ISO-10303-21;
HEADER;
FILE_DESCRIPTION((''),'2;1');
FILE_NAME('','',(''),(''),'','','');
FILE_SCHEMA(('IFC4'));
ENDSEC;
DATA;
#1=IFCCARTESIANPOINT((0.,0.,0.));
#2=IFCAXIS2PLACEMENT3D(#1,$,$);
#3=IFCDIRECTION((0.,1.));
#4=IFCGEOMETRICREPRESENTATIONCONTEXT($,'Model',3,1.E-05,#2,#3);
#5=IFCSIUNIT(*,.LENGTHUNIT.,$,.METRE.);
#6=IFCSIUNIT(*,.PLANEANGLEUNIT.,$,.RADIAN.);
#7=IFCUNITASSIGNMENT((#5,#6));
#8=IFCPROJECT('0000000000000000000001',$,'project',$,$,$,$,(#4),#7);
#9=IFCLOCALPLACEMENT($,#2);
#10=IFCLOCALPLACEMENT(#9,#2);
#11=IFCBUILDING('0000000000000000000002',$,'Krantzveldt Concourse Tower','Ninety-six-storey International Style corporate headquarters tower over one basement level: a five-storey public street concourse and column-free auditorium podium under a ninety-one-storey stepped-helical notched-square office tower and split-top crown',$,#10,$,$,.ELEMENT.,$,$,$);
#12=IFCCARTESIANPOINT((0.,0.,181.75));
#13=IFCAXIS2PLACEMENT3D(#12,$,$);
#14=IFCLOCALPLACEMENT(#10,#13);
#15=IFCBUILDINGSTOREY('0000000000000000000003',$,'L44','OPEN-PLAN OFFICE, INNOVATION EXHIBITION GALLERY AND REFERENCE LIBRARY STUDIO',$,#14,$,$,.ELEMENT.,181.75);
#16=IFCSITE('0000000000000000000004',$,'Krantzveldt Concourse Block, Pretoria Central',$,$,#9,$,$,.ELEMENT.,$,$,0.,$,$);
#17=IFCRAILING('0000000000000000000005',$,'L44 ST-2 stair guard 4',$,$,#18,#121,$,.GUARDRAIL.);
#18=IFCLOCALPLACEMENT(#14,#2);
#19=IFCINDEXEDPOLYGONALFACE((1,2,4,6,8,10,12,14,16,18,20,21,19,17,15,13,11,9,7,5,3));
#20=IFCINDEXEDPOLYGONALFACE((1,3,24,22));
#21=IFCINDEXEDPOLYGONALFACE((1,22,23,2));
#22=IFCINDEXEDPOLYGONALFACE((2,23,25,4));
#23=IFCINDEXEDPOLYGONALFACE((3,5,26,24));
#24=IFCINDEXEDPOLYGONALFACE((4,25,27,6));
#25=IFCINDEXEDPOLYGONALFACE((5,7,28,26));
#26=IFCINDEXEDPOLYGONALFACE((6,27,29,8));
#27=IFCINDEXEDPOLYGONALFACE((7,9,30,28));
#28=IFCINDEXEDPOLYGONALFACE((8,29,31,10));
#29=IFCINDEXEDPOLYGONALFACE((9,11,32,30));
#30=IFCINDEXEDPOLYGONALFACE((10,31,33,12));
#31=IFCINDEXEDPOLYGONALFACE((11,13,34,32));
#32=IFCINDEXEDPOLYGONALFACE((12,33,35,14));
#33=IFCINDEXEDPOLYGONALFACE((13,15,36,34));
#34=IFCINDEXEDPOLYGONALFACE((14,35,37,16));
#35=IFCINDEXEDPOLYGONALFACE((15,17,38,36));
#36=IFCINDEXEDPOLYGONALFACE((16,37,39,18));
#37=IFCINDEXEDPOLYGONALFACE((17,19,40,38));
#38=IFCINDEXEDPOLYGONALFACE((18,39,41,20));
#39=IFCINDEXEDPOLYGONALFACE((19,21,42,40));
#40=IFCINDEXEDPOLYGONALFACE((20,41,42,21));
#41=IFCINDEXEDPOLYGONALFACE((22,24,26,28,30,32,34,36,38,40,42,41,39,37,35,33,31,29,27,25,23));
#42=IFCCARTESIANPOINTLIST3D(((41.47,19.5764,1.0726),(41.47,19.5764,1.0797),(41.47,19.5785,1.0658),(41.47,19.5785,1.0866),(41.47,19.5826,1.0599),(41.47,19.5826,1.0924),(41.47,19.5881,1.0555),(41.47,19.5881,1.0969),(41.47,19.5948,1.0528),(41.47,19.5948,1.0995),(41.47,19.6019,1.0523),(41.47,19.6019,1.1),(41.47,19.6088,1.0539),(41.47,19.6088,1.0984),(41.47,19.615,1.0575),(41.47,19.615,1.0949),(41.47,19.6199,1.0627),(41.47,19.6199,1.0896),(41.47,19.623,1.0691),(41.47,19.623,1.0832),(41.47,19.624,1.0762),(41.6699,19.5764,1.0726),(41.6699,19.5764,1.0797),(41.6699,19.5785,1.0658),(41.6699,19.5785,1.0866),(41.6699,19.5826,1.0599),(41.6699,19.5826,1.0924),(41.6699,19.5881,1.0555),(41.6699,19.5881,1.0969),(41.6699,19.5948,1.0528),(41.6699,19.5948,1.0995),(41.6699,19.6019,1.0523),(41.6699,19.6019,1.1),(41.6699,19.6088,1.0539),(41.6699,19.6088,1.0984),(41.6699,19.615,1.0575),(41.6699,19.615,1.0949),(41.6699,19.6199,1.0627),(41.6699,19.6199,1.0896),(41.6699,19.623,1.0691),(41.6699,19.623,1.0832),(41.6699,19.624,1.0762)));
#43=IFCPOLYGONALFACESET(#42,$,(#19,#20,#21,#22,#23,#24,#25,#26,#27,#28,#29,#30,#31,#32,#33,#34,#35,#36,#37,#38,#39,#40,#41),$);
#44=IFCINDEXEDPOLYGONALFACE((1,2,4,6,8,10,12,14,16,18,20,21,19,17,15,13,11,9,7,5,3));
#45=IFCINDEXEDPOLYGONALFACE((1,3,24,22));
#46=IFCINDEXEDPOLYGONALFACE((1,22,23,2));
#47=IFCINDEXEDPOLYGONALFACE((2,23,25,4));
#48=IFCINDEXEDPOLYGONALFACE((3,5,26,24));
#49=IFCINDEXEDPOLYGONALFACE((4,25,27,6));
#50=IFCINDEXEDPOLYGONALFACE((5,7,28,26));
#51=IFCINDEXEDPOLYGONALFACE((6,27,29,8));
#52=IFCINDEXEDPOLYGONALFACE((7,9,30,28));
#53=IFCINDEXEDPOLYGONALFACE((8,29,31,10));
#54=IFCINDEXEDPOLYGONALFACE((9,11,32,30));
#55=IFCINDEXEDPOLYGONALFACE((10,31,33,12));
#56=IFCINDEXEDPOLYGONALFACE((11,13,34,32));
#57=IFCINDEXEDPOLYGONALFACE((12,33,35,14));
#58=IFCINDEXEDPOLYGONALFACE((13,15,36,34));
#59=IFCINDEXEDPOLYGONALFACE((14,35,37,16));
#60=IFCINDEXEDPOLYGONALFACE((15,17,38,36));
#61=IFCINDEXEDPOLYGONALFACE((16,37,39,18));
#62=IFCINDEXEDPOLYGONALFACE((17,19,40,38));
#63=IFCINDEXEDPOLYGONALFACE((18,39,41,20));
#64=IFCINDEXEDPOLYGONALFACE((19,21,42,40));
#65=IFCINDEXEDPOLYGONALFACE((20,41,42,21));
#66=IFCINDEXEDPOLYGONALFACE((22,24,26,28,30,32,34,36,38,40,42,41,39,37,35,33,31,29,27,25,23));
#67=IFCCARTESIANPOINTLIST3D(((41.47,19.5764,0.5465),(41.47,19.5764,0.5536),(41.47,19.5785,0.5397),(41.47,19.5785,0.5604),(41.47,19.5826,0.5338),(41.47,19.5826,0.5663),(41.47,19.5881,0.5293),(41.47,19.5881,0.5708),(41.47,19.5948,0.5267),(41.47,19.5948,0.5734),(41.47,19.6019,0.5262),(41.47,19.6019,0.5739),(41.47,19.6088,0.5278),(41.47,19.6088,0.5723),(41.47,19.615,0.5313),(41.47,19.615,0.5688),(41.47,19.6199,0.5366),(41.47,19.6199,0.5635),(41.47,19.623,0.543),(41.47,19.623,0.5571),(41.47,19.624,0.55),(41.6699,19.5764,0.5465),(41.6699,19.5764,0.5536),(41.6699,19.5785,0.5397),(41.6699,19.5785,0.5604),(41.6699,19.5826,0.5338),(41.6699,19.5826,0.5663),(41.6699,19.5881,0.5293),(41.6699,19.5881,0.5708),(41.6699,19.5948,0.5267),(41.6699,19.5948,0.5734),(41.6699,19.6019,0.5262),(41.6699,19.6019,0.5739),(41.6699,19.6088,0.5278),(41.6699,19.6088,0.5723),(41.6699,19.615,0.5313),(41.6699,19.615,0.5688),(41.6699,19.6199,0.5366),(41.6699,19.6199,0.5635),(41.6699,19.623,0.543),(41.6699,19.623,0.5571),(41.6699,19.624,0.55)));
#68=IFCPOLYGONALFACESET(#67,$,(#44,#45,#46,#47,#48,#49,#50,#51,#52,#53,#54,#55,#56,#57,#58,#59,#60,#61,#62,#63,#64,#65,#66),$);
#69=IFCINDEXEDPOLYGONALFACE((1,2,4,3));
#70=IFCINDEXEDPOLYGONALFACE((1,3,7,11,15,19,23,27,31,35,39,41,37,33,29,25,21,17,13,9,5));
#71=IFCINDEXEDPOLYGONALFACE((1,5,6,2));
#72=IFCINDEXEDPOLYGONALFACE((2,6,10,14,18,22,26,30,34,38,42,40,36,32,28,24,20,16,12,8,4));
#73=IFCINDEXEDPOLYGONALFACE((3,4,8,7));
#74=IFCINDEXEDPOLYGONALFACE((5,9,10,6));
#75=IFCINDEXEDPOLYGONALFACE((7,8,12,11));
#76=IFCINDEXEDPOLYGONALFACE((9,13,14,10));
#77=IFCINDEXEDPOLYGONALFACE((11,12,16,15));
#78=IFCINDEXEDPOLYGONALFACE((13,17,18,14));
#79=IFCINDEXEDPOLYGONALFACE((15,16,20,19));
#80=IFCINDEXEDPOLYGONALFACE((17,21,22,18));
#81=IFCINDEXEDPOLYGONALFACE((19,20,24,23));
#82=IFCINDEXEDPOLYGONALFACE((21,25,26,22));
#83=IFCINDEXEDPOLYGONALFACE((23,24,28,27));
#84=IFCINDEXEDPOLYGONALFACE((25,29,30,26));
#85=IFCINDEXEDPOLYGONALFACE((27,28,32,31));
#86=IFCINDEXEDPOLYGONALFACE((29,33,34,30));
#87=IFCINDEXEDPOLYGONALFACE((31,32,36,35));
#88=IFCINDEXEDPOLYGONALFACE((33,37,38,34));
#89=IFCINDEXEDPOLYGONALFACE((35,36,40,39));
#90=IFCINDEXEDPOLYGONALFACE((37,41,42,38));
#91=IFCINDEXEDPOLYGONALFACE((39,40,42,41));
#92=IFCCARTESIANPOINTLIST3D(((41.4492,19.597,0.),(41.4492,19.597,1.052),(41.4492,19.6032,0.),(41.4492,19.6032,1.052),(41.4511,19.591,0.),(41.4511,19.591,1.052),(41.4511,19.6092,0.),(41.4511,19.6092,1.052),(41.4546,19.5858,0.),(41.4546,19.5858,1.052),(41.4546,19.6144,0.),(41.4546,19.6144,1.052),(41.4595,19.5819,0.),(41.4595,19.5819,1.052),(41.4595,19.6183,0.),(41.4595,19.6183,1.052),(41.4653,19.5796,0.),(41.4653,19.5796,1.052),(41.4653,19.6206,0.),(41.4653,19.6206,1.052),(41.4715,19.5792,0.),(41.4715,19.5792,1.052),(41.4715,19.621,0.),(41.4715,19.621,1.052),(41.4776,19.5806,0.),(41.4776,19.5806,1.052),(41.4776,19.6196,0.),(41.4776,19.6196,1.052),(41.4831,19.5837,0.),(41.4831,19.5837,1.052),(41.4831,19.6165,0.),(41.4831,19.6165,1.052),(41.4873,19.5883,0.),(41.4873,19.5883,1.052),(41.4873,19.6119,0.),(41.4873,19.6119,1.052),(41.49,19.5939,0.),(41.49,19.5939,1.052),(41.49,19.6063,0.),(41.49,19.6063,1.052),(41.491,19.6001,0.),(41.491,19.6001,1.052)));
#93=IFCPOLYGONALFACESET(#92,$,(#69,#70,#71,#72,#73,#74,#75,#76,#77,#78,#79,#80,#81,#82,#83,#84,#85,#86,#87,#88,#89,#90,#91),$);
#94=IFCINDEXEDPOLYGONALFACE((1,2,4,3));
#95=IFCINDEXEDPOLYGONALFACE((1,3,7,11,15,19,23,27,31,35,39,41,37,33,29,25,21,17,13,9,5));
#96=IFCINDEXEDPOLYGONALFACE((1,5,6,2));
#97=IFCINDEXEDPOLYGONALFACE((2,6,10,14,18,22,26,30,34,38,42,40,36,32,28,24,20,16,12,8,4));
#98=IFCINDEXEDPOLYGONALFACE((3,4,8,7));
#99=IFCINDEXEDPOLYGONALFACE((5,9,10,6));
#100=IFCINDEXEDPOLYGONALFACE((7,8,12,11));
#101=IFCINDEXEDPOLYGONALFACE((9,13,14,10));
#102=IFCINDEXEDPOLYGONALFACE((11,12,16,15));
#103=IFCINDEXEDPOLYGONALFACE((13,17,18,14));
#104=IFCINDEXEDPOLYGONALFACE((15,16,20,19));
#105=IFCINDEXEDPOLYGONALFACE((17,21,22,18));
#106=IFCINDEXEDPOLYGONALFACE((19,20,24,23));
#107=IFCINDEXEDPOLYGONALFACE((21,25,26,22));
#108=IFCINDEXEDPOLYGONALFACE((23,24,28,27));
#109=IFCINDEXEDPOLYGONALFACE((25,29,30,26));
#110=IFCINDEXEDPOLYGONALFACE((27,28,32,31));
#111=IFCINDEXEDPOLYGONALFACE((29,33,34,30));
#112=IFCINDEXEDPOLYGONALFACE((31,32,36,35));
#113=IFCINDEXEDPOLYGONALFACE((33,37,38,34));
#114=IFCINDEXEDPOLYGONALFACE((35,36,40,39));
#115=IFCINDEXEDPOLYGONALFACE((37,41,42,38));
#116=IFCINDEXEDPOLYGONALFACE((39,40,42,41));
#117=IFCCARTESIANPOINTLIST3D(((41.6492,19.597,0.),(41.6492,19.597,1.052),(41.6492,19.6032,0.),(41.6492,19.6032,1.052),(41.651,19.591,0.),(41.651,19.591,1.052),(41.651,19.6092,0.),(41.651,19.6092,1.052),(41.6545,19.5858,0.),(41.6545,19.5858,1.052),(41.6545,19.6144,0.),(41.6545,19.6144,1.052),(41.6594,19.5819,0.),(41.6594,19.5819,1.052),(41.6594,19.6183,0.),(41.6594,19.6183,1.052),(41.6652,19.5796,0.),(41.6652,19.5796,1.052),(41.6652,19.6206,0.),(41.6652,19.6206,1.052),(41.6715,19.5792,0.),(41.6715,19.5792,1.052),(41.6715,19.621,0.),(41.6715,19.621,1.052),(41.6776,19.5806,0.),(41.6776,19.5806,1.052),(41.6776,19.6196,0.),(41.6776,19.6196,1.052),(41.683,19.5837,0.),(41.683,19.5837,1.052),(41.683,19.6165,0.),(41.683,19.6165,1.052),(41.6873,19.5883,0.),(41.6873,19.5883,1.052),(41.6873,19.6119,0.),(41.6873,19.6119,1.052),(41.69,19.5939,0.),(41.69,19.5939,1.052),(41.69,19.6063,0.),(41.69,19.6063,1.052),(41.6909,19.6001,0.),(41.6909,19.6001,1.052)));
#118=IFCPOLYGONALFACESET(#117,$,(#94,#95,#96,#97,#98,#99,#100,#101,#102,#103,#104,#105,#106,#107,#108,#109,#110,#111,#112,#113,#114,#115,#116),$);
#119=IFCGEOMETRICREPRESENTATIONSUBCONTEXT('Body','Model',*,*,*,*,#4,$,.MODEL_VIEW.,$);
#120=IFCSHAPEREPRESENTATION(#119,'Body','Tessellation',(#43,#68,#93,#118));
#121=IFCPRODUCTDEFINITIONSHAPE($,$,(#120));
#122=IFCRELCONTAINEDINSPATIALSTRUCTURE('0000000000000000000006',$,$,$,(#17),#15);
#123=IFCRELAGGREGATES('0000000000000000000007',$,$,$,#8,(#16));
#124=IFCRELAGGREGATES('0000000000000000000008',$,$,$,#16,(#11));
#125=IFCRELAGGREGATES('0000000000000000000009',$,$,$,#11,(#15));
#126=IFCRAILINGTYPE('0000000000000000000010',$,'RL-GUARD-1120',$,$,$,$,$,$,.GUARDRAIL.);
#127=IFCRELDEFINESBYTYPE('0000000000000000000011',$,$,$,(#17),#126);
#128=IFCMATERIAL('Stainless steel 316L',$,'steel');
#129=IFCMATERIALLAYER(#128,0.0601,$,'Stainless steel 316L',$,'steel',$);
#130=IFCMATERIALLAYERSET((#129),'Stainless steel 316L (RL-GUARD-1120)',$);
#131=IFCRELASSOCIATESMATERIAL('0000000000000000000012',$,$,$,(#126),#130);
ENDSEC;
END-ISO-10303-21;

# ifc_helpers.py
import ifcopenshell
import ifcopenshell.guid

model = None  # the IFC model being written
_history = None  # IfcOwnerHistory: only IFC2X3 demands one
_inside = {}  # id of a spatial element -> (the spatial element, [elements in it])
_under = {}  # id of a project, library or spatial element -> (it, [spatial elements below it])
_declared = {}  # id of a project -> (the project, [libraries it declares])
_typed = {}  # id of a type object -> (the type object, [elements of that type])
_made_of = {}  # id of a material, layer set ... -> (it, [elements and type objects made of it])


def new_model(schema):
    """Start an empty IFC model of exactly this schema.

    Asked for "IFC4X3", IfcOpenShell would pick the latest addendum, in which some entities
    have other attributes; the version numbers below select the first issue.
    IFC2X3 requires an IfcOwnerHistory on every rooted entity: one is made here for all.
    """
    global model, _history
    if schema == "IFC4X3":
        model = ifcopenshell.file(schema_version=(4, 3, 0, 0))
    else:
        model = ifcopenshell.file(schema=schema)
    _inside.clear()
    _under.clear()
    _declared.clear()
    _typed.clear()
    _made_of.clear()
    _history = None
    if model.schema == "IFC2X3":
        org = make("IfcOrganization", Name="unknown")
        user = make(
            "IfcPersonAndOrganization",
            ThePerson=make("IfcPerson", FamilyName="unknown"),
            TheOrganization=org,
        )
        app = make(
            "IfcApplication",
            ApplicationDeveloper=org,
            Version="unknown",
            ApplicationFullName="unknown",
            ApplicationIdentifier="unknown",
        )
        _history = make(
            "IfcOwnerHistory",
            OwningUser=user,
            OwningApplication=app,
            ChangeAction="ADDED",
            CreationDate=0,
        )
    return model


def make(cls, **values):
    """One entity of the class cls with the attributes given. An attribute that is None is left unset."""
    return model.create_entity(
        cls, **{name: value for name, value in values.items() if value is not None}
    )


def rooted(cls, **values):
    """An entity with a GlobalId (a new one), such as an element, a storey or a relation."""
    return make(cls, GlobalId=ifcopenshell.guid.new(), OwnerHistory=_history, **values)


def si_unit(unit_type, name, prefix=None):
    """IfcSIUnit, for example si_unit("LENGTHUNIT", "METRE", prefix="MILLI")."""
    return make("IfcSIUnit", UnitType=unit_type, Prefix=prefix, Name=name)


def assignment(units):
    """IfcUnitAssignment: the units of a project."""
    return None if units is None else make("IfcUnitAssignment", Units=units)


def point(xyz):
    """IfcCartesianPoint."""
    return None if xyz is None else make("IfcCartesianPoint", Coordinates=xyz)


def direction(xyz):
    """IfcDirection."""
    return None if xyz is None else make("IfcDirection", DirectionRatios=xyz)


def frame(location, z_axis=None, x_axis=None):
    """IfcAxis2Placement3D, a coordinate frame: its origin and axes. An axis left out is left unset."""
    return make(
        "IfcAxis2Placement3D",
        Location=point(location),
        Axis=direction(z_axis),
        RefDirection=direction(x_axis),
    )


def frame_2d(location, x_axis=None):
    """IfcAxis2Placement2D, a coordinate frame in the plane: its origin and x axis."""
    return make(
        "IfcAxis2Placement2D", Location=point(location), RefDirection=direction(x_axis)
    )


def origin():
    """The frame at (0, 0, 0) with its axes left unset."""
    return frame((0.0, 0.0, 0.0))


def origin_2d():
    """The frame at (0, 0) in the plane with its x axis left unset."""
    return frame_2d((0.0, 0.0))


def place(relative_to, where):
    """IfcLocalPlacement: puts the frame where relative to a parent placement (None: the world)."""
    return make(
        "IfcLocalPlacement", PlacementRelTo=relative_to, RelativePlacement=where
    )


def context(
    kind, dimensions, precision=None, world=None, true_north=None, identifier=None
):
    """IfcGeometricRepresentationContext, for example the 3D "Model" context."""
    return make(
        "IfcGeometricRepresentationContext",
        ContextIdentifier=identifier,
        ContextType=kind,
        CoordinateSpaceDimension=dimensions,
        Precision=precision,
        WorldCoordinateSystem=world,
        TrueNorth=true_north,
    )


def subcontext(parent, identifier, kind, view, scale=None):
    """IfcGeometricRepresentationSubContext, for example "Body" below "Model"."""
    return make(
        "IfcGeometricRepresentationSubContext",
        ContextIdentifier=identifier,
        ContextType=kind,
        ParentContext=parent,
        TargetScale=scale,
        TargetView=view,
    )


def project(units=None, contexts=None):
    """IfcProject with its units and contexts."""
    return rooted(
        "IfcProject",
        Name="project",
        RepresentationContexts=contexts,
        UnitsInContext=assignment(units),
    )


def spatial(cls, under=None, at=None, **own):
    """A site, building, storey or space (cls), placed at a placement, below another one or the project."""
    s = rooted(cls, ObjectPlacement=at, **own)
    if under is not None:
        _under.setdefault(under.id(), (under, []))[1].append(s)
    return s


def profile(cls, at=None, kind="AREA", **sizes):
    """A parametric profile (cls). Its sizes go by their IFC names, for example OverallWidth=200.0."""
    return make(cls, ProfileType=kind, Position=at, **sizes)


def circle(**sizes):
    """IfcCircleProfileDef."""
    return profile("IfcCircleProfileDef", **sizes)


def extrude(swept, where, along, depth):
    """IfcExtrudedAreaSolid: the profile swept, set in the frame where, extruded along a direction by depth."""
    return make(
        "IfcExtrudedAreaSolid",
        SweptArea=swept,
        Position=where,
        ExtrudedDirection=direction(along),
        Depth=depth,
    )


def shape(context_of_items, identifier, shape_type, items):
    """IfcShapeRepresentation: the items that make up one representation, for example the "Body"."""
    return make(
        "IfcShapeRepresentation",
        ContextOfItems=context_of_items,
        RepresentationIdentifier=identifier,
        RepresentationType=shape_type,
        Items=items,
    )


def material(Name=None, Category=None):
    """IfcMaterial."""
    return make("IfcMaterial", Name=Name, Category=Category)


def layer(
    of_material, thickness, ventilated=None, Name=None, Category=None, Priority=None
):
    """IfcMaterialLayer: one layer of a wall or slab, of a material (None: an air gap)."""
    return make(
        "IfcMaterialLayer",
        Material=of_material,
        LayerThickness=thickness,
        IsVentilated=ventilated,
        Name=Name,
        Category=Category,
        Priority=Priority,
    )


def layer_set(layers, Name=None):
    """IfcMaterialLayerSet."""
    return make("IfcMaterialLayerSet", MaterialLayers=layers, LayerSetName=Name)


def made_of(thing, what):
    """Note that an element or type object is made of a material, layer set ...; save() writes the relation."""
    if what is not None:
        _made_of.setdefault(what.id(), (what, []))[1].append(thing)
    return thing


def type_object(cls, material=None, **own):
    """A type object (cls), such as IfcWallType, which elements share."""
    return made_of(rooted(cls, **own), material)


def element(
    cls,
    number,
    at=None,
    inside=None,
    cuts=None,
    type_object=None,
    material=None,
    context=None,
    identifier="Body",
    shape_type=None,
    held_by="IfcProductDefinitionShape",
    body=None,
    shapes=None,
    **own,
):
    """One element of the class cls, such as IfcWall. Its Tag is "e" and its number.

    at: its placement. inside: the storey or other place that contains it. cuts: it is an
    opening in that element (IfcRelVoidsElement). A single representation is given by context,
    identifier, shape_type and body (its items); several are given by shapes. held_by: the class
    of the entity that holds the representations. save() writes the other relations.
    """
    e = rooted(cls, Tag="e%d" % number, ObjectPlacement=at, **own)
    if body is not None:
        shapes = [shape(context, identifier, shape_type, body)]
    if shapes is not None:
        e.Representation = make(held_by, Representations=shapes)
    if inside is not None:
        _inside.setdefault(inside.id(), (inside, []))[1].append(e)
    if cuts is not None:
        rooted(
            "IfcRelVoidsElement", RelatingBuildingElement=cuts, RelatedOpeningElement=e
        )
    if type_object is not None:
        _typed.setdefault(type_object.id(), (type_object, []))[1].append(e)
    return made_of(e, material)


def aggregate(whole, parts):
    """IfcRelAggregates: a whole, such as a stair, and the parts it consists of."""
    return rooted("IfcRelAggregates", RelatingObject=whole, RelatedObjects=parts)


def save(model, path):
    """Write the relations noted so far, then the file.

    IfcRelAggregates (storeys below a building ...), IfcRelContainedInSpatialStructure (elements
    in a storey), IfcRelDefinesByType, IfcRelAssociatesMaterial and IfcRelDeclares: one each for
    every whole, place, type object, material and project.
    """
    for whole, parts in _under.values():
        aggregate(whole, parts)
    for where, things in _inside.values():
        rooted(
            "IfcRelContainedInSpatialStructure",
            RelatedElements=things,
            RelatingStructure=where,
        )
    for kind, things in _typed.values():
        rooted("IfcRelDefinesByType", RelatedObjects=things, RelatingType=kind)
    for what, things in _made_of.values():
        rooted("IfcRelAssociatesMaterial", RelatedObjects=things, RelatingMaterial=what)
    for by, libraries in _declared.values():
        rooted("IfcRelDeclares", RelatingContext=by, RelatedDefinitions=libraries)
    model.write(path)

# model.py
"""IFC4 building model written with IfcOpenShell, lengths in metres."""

from ifc_helpers import new_model, si_unit, direction, frame, origin, origin_2d, place, context, subcontext, project, spatial, circle, extrude, material, layer, layer_set, type_object, element, save


model = new_model("IFC4")

# Units and contexts
model_context = context("Model", 3, precision=1e-05, world=origin(), true_north=direction((0.0, 1.0)))
body_context = subcontext(model_context, "Body", "Model", "MODEL_VIEW")
ifc_project = project(units=[si_unit("LENGTHUNIT", "METRE"), si_unit("PLANEANGLEUNIT", "RADIAN")], contexts=[model_context])

# Site, building, storey
site_placement = place(None, origin())
site = spatial("IfcSite", under=ifc_project, at=site_placement, Name="Krantzveldt Concourse Block, Pretoria Central", CompositionType="ELEMENT", RefElevation=0.0)
building_placement = place(site_placement, origin())
building = spatial("IfcBuilding", under=site, at=building_placement, Name="Krantzveldt Concourse Tower", Description="Ninety-six-storey International Style corporate headquarters tower over one basement level: a five-storey public street concourse and column-free auditorium podium under a ninety-one-storey stepped-helical notched-square office tower and split-top crown", CompositionType="ELEMENT")
storey_placement = place(building_placement, frame((0.0, 0.0, 181.75)))
storey = spatial("IfcBuildingStorey", under=building, at=storey_placement, Name="L44", Description="OPEN-PLAN OFFICE, INNOVATION EXHIBITION GALLERY AND REFERENCE LIBRARY STUDIO", CompositionType="ELEMENT", Elevation=181.75)

# Shared definitions
ifc_material_1 = material(Name="Stainless steel 316L", Category="steel")

# Railing
ifc_layer_1 = layer(ifc_material_1, 0.0601, Name="Stainless steel 316L", Category="steel")
ifc_layer_set_1 = layer_set([ifc_layer_1], Name="Stainless steel 316L (RL-GUARD-1120)")
railing_type_1 = type_object("IfcRailingType", Name="RL-GUARD-1120", PredefinedType="GUARDRAIL", material=ifc_layer_set_1)
railing_1_placement = place(storey_placement, frame((41.47, 19.6001, 0.0)))
element("IfcRailing", 1, at=railing_1_placement, inside=storey, type_object=railing_type_1, Name="L44 ST-2 stair guard 4", PredefinedType="GUARDRAIL", context=body_context, shape_type="SweptSolid", body=[
    extrude(circle(Radius=0.0239, at=origin_2d()), frame((0.0, 0.0, 1.0762), z_axis=(1.0, 0.0, 0.0), x_axis=(0.0, 1.0, 0.0)), (0.0, 0.0, 1.0), 0.2),
    extrude(circle(Radius=0.0239, at=origin_2d()), frame((0.0, 0.0, 0.55), z_axis=(1.0, 0.0, 0.0), x_axis=(0.0, 1.0, 0.0)), (0.0, 0.0, 1.0), 0.2),
    extrude(circle(Radius=0.021, at=origin_2d()), origin(), (0.0, 0.0, 1.0), 1.052),
    extrude(circle(Radius=0.021, at=origin_2d()), frame((0.2, 0.0, 0.0)), (0.0, 0.0, 1.0), 1.052),
])

save(model, "model.ifc")
